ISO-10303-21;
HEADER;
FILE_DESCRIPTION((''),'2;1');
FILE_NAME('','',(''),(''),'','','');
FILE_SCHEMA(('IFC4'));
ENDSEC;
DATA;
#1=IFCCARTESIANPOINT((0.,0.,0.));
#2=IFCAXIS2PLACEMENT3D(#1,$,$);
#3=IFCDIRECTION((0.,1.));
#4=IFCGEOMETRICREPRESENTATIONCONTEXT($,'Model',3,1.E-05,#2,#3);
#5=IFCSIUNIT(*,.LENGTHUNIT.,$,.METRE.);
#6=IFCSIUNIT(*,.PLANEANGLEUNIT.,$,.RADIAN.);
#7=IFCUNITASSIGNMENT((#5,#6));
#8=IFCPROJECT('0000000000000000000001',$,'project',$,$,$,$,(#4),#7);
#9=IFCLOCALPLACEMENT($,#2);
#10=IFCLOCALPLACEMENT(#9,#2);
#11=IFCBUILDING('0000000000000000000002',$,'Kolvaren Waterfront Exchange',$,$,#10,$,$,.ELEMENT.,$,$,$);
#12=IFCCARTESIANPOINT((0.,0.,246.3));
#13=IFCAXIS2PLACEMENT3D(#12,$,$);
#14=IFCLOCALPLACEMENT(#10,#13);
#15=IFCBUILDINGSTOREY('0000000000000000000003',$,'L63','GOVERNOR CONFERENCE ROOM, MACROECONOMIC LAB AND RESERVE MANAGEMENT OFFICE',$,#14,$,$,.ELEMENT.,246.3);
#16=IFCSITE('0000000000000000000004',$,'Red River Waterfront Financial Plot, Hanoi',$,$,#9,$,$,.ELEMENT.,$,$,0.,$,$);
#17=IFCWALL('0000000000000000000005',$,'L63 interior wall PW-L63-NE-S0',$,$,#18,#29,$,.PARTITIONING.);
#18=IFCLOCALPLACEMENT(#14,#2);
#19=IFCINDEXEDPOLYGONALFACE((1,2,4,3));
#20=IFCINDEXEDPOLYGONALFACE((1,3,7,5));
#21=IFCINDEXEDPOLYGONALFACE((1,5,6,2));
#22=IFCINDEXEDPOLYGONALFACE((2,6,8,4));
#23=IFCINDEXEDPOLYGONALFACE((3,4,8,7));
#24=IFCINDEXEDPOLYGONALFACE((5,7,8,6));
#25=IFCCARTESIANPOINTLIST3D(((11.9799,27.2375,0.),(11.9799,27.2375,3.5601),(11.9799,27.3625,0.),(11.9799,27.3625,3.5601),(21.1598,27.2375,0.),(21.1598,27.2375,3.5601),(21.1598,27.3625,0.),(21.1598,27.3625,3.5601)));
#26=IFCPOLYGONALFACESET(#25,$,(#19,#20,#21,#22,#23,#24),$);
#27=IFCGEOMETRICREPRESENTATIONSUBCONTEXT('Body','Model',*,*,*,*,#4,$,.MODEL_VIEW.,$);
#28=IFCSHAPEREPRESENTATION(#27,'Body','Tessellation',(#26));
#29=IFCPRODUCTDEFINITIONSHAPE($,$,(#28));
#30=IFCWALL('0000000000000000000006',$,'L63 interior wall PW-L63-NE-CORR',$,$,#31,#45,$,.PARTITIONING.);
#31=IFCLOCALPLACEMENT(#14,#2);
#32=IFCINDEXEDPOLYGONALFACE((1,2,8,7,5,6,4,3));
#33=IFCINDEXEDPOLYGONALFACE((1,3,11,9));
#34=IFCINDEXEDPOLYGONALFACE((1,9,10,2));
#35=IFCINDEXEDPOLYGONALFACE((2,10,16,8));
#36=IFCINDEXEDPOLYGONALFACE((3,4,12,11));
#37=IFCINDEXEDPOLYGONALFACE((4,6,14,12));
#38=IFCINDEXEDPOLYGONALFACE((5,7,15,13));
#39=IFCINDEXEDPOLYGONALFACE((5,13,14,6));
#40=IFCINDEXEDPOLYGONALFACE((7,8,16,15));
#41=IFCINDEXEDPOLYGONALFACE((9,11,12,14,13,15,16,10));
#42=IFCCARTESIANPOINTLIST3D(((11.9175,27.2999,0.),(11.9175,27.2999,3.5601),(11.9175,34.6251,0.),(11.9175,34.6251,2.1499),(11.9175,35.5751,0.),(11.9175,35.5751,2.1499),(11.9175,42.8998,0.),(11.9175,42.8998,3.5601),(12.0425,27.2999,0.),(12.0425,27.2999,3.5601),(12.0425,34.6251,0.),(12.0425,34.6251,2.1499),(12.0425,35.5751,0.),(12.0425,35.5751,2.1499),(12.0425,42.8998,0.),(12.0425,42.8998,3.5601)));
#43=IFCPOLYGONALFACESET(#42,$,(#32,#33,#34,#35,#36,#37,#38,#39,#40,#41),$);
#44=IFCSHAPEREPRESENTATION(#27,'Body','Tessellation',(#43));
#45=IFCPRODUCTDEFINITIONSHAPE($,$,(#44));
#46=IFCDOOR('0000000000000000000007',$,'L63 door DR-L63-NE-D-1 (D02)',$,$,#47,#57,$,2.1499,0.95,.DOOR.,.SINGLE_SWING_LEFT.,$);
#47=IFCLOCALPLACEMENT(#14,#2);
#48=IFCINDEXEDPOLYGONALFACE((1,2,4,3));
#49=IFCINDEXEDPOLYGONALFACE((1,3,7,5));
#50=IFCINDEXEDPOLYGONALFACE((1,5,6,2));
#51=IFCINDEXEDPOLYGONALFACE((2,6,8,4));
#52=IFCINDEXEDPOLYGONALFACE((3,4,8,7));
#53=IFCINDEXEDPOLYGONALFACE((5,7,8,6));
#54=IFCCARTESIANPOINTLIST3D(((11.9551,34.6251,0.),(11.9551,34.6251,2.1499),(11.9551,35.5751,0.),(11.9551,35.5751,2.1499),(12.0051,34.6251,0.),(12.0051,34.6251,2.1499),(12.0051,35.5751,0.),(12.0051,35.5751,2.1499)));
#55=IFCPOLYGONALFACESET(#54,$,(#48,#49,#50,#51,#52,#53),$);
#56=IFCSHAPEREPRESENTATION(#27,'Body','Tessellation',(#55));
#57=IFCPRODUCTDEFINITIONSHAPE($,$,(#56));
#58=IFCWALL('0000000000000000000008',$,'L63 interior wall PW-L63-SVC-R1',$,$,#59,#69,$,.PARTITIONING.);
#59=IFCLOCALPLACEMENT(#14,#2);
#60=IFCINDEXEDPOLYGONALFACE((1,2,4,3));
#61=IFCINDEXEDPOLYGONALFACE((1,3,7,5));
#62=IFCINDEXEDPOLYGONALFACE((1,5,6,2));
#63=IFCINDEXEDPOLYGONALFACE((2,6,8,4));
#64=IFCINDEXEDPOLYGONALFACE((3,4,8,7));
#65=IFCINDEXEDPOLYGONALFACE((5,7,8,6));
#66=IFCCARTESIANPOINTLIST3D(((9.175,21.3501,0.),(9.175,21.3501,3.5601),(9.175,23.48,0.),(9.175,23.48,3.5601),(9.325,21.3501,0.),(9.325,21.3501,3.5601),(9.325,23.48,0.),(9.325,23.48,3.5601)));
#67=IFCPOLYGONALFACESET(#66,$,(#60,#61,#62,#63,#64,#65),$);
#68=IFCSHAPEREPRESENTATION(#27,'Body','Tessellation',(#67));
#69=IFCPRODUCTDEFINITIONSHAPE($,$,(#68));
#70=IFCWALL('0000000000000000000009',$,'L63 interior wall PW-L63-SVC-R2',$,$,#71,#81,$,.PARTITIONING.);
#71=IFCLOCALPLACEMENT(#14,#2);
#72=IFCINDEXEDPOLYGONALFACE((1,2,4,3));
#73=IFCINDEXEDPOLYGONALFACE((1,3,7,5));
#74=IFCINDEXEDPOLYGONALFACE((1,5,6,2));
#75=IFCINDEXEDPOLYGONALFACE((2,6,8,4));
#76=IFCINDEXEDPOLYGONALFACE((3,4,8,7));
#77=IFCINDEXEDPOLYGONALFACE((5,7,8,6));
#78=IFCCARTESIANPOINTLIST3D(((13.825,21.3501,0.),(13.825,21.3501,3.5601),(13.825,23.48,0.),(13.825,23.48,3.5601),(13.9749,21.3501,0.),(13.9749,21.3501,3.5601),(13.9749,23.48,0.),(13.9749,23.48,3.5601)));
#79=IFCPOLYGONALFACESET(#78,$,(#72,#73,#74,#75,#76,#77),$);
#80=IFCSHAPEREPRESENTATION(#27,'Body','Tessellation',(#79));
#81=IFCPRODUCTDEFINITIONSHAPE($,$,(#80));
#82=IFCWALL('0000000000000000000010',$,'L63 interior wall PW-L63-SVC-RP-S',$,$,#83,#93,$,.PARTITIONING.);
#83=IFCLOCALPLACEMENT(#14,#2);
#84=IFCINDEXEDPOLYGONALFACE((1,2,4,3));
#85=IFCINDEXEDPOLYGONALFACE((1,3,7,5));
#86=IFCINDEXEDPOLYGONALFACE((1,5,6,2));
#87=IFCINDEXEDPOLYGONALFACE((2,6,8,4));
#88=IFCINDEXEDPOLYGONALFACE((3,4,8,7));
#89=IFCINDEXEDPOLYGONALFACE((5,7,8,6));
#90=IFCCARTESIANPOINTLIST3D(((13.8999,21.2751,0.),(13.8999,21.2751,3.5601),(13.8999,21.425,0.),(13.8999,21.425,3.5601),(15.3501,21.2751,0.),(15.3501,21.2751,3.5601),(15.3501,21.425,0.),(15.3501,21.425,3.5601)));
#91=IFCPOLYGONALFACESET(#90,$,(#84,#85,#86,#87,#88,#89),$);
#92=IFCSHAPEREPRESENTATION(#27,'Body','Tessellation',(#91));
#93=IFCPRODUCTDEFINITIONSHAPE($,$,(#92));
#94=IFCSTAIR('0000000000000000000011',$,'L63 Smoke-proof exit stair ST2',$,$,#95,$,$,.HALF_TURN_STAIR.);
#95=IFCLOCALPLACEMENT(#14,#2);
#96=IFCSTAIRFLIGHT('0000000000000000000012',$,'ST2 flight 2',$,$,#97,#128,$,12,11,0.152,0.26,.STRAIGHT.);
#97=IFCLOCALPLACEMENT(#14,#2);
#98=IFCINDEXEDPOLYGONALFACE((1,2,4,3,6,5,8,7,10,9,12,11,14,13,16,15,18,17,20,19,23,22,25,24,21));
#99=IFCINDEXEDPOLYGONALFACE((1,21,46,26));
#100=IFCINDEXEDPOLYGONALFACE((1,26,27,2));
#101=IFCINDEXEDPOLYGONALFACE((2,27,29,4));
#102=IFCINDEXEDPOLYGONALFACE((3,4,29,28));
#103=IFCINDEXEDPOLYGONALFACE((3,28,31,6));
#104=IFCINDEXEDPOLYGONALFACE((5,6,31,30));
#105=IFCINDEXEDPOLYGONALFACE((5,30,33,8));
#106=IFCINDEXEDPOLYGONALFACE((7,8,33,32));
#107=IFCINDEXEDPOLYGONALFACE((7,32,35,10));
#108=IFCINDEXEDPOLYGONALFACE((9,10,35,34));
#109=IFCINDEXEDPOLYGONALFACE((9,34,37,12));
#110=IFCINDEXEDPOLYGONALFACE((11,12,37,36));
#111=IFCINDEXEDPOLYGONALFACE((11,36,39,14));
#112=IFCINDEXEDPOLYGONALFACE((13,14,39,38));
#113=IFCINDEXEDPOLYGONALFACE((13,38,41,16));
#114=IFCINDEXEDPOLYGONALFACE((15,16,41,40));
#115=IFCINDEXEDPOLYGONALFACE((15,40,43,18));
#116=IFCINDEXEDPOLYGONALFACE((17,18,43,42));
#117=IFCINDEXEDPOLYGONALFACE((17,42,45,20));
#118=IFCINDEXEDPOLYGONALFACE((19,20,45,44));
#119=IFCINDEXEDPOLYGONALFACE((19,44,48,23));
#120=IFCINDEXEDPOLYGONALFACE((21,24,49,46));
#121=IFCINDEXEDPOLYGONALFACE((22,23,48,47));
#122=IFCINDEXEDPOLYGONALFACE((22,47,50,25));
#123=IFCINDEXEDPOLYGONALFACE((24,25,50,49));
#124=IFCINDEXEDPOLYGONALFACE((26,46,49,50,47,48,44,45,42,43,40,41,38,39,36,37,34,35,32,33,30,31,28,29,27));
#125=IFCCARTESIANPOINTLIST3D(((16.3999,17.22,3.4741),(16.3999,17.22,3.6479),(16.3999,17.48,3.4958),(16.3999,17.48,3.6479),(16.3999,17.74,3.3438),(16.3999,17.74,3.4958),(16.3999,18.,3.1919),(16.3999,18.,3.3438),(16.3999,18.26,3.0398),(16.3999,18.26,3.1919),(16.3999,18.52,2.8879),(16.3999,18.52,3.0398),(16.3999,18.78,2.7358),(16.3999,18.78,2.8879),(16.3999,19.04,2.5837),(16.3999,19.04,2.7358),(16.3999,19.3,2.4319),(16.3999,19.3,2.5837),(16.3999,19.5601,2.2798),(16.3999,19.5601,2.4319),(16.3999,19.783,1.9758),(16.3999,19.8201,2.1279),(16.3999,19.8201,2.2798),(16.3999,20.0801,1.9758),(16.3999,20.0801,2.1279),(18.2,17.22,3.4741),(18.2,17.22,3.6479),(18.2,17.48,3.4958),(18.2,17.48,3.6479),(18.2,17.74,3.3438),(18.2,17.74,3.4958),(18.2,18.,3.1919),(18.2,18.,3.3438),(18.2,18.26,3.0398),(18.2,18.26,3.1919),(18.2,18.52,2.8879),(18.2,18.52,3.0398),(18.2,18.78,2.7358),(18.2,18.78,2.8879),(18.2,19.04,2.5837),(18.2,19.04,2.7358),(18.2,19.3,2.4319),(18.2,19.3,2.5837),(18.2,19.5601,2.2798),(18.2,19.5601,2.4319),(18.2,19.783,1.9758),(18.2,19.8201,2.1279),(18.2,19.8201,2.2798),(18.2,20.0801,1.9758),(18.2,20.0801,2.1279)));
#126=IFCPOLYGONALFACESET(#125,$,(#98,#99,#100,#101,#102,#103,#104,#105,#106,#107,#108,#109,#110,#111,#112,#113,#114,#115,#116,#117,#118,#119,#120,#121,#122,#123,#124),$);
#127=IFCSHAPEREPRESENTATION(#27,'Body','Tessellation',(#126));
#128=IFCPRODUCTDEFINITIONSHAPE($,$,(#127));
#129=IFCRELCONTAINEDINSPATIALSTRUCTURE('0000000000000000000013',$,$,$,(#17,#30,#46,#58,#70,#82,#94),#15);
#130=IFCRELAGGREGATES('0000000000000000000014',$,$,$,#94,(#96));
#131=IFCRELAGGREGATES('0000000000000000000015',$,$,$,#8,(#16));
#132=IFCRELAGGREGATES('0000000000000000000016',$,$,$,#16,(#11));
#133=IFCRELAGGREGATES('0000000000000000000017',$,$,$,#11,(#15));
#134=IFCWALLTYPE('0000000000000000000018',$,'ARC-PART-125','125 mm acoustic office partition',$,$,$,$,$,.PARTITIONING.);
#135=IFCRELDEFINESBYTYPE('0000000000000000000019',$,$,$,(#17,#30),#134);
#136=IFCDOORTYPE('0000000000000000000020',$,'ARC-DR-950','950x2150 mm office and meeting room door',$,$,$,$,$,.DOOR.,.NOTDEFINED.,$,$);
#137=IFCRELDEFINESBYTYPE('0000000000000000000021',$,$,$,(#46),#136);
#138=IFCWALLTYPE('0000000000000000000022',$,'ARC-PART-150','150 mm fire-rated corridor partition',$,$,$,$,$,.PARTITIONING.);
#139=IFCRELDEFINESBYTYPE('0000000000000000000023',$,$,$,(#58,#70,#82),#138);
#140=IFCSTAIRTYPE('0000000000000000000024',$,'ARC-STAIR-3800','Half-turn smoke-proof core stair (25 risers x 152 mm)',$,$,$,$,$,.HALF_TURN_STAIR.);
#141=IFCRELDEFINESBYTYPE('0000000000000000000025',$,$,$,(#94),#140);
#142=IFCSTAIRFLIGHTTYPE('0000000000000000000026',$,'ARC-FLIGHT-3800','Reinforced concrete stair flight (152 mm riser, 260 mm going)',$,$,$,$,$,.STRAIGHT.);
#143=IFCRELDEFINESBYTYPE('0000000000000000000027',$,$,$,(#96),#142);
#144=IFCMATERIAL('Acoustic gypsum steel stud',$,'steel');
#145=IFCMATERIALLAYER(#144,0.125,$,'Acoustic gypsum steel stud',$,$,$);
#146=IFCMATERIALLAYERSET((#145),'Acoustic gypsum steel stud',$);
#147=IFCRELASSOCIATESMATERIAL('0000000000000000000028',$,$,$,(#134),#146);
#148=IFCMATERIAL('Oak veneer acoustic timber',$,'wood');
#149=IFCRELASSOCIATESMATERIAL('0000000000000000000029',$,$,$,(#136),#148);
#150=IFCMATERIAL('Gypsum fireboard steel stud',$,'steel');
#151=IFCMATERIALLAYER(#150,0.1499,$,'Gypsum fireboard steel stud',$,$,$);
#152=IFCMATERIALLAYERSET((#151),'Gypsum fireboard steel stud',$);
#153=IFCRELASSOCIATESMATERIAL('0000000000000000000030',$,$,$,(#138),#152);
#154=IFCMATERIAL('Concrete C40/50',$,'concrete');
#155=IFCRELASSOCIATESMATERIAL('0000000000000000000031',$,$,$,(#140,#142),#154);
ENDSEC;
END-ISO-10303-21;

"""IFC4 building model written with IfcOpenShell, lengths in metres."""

from ifc_helpers import new_model, si_unit, direction, frame, frame_2d, origin, place, context, subcontext, project, spatial, polyline, rectangle, outline, extrude, material, layer, layer_set, type_object, element, fill, aggregate, save


model = new_model("IFC4")

# Units and contexts
model_context = context("Model", 3, precision=1e-05, world=origin(), true_north=direction((0.0, 1.0)))
body_context = subcontext(model_context, "Body", "Model", "MODEL_VIEW")
ifc_project = project(units=[si_unit("LENGTHUNIT", "METRE"), si_unit("PLANEANGLEUNIT", "RADIAN")], contexts=[model_context])

# Site, building, storey
site_placement = place(None, origin())
site = spatial("IfcSite", under=ifc_project, at=site_placement, Name="Red River Waterfront Financial Plot, Hanoi", CompositionType="ELEMENT", RefElevation=0.0)
building_placement = place(site_placement, origin())
building = spatial("IfcBuilding", under=site, at=building_placement, Name="Kolvaren Waterfront Exchange", CompositionType="ELEMENT")
storey_placement = place(building_placement, frame((0.0, 0.0, 246.3)))
storey = spatial("IfcBuildingStorey", under=building, at=storey_placement, Name="L63", Description="GOVERNOR CONFERENCE ROOM, MACROECONOMIC LAB AND RESERVE MANAGEMENT OFFICE", CompositionType="ELEMENT", Elevation=246.3)

# Shared definitions
ifc_material_1 = material(Name="Acoustic gypsum steel stud", Category="steel")
ifc_layer_1 = layer(ifc_material_1, 0.125, Name="Acoustic gypsum steel stud")
ifc_layer_set_1 = layer_set([ifc_layer_1], Name="Acoustic gypsum steel stud")
wall_type_1 = type_object("IfcWallType", Name="ARC-PART-125", Description="125 mm acoustic office partition", PredefinedType="PARTITIONING", material=ifc_layer_set_1)

# Shared definitions
ifc_material_2 = material(Name="Oak veneer acoustic timber", Category="wood")
door_type_1 = type_object("IfcDoorType", Name="ARC-DR-950", Description="950x2150 mm office and meeting room door", OperationType="NOTDEFINED", PredefinedType="DOOR", material=ifc_material_2)

# Wall
wall_1_placement = place(storey_placement, frame((11.98, 27.3, 0.0), z_axis=(0.0, 0.0, 1.0), x_axis=(1.0, 0.0, 0.0)))
element("IfcWall", 1, at=wall_1_placement, inside=storey, type_object=wall_type_1, Name="L63 interior wall PW-L63-NE-S0", PredefinedType="PARTITIONING", context=body_context, shape_type="SweptSolid", body=[
    extrude(rectangle(XDim=9.1799, YDim=0.125, at=frame_2d((4.5898, 0.0))), origin(), (0.0, 0.0, 1.0), 3.5601),
])

# Wall, opening, door
wall_2_placement = place(storey_placement, frame((11.98, 27.3, 0.0), z_axis=(0.0, 0.0, 1.0), x_axis=(0.0, 1.0, 0.0)))
wall_2 = element("IfcWall", 2, at=wall_2_placement, inside=storey, type_object=wall_type_1, Name="L63 interior wall PW-L63-NE-CORR", PredefinedType="PARTITIONING", context=body_context, shape_type="SweptSolid", body=[
    extrude(rectangle(XDim=15.5999, YDim=0.125, at=frame_2d((7.7998, 0.0))), origin(), (0.0, 0.0, 1.0), 3.5601),
])
opening_1_placement = place(wall_2_placement, frame((7.325, 0.0, 0.0)))
opening_1 = element("IfcOpeningElement", 3, at=opening_1_placement, cuts=wall_2, PredefinedType="OPENING", context=body_context, shape_type="SweptSolid", body=[
    extrude(rectangle(XDim=0.95, YDim=2.1499, at=frame_2d((0.4751, 1.075))), frame((0.0, 0.0725, 0.0), z_axis=(0.0, -1.0, 0.0), x_axis=(1.0, 0.0, 0.0)), (0.0, 0.0, 1.0), 0.145),
])
door_1_placement = place(opening_1_placement, origin())
door_1 = element("IfcDoor", 4, at=door_1_placement, inside=storey, type_object=door_type_1, Name="L63 door DR-L63-NE-D-1 (D02)", OperationType="SINGLE_SWING_LEFT", OverallHeight=2.1499, OverallWidth=0.95, PredefinedType="DOOR", context=body_context, shape_type="SweptSolid", body=[
    extrude(rectangle(XDim=0.95, YDim=2.1499, at=frame_2d((0.4751, 1.075))), frame((0.0, 0.0249, 0.0), z_axis=(0.0, -1.0, 0.0), x_axis=(1.0, 0.0, 0.0)), (0.0, 0.0, 1.0), 0.05),
])
fill(opening_1, door_1)

# Walls
ifc_material_3 = material(Name="Gypsum fireboard steel stud", Category="steel")
ifc_layer_2 = layer(ifc_material_3, 0.1499, Name="Gypsum fireboard steel stud")
ifc_layer_set_2 = layer_set([ifc_layer_2], Name="Gypsum fireboard steel stud")
wall_type_2 = type_object("IfcWallType", Name="ARC-PART-150", Description="150 mm fire-rated corridor partition", PredefinedType="PARTITIONING", material=ifc_layer_set_2)
for number, where, z_axis, x_axis, name in (
    (5, (9.25, 21.3501, 0.0), (0.0, 0.0, 1.0), (0.0, 1.0, 0.0), "L63 interior wall PW-L63-SVC-R1"),
    (6, (13.8999, 21.3501, 0.0), (0.0, 0.0, 1.0), (0.0, 1.0, 0.0), "L63 interior wall PW-L63-SVC-R2"),
):
    element("IfcWall", number, at=place(storey_placement, frame(where, z_axis=z_axis, x_axis=x_axis)), inside=storey, type_object=wall_type_2, Name=name, PredefinedType="PARTITIONING", context=body_context, shape_type="SweptSolid", body=[
        extrude(rectangle(XDim=2.1299, YDim=0.1499, at=frame_2d((1.0649, 0.0))), origin(), (0.0, 0.0, 1.0), 3.5601),
    ])
wall_3_placement = place(storey_placement, frame((13.8999, 21.3501, 0.0), z_axis=(0.0, 0.0, 1.0), x_axis=(1.0, 0.0, 0.0)))
element("IfcWall", 7, at=wall_3_placement, inside=storey, type_object=wall_type_2, Name="L63 interior wall PW-L63-SVC-RP-S", PredefinedType="PARTITIONING", context=body_context, shape_type="SweptSolid", body=[
    extrude(rectangle(XDim=1.4502, YDim=0.1499, at=frame_2d((0.7251, 0.0))), origin(), (0.0, 0.0, 1.0), 3.5601),
])

# Stair, stair flight
ifc_material_4 = material(Name="Concrete C40/50", Category="concrete")
stair_type = type_object("IfcStairType", Name="ARC-STAIR-3800", Description="Half-turn smoke-proof core stair (25 risers x 152 mm)", PredefinedType="HALF_TURN_STAIR", material=ifc_material_4)
stair_placement = place(storey_placement, origin())
stair = element("IfcStair", 8, at=stair_placement, inside=storey, type_object=stair_type, Name="L63 Smoke-proof exit stair ST2", PredefinedType="HALF_TURN_STAIR")
stair_flight_type = type_object("IfcStairFlightType", Name="ARC-FLIGHT-3800", Description="Reinforced concrete stair flight (152 mm riser, 260 mm going)", PredefinedType="STRAIGHT", material=ifc_material_4)
stair_flight_placement = place(storey_placement, frame((17.3, 20.0801, 1.9758), z_axis=(0.0, 0.0, 1.0), x_axis=(0.0, -1.0, 0.0)))
stair_flight = element("IfcStairFlight", 9, at=stair_flight_placement, type_object=stair_flight_type, Name="ST2 flight 2", NumberOfRisers=12, NumberOfTreads=11, PredefinedType="STRAIGHT", RiserHeight=0.152, TreadLength=0.26, context=body_context, shape_type="SweptSolid", body=[
    extrude(outline(polyline([(0.0, 0.0), (0.0, 0.1521), (0.26, 0.1521), (0.26, 0.304), (0.52, 0.304), (0.52, 0.4561), (0.78, 0.4561), (0.78, 0.6079), (1.04, 0.6079), (1.04, 0.76), (1.3, 0.76), (1.3, 0.9121), (1.5601, 0.9121), (1.5601, 1.064), (1.8201, 1.064), (1.8201, 1.2161), (2.0801, 1.2161), (2.0801, 1.3679), (2.3401, 1.3679), (2.3401, 1.52), (2.6001, 1.52), (2.6001, 1.6721), (2.8601, 1.6721), (2.8601, 1.824), (2.8601, 1.4983), (0.2971, 0.0), (0.0, 0.0)])), frame((0.0, 0.8999, 0.0), z_axis=(0.0, -1.0, 0.0), x_axis=(1.0, 0.0, 0.0)), (0.0, 0.0, 1.0), 1.8),
])
aggregate(stair, [stair_flight])

save(model, "model.ifc")
